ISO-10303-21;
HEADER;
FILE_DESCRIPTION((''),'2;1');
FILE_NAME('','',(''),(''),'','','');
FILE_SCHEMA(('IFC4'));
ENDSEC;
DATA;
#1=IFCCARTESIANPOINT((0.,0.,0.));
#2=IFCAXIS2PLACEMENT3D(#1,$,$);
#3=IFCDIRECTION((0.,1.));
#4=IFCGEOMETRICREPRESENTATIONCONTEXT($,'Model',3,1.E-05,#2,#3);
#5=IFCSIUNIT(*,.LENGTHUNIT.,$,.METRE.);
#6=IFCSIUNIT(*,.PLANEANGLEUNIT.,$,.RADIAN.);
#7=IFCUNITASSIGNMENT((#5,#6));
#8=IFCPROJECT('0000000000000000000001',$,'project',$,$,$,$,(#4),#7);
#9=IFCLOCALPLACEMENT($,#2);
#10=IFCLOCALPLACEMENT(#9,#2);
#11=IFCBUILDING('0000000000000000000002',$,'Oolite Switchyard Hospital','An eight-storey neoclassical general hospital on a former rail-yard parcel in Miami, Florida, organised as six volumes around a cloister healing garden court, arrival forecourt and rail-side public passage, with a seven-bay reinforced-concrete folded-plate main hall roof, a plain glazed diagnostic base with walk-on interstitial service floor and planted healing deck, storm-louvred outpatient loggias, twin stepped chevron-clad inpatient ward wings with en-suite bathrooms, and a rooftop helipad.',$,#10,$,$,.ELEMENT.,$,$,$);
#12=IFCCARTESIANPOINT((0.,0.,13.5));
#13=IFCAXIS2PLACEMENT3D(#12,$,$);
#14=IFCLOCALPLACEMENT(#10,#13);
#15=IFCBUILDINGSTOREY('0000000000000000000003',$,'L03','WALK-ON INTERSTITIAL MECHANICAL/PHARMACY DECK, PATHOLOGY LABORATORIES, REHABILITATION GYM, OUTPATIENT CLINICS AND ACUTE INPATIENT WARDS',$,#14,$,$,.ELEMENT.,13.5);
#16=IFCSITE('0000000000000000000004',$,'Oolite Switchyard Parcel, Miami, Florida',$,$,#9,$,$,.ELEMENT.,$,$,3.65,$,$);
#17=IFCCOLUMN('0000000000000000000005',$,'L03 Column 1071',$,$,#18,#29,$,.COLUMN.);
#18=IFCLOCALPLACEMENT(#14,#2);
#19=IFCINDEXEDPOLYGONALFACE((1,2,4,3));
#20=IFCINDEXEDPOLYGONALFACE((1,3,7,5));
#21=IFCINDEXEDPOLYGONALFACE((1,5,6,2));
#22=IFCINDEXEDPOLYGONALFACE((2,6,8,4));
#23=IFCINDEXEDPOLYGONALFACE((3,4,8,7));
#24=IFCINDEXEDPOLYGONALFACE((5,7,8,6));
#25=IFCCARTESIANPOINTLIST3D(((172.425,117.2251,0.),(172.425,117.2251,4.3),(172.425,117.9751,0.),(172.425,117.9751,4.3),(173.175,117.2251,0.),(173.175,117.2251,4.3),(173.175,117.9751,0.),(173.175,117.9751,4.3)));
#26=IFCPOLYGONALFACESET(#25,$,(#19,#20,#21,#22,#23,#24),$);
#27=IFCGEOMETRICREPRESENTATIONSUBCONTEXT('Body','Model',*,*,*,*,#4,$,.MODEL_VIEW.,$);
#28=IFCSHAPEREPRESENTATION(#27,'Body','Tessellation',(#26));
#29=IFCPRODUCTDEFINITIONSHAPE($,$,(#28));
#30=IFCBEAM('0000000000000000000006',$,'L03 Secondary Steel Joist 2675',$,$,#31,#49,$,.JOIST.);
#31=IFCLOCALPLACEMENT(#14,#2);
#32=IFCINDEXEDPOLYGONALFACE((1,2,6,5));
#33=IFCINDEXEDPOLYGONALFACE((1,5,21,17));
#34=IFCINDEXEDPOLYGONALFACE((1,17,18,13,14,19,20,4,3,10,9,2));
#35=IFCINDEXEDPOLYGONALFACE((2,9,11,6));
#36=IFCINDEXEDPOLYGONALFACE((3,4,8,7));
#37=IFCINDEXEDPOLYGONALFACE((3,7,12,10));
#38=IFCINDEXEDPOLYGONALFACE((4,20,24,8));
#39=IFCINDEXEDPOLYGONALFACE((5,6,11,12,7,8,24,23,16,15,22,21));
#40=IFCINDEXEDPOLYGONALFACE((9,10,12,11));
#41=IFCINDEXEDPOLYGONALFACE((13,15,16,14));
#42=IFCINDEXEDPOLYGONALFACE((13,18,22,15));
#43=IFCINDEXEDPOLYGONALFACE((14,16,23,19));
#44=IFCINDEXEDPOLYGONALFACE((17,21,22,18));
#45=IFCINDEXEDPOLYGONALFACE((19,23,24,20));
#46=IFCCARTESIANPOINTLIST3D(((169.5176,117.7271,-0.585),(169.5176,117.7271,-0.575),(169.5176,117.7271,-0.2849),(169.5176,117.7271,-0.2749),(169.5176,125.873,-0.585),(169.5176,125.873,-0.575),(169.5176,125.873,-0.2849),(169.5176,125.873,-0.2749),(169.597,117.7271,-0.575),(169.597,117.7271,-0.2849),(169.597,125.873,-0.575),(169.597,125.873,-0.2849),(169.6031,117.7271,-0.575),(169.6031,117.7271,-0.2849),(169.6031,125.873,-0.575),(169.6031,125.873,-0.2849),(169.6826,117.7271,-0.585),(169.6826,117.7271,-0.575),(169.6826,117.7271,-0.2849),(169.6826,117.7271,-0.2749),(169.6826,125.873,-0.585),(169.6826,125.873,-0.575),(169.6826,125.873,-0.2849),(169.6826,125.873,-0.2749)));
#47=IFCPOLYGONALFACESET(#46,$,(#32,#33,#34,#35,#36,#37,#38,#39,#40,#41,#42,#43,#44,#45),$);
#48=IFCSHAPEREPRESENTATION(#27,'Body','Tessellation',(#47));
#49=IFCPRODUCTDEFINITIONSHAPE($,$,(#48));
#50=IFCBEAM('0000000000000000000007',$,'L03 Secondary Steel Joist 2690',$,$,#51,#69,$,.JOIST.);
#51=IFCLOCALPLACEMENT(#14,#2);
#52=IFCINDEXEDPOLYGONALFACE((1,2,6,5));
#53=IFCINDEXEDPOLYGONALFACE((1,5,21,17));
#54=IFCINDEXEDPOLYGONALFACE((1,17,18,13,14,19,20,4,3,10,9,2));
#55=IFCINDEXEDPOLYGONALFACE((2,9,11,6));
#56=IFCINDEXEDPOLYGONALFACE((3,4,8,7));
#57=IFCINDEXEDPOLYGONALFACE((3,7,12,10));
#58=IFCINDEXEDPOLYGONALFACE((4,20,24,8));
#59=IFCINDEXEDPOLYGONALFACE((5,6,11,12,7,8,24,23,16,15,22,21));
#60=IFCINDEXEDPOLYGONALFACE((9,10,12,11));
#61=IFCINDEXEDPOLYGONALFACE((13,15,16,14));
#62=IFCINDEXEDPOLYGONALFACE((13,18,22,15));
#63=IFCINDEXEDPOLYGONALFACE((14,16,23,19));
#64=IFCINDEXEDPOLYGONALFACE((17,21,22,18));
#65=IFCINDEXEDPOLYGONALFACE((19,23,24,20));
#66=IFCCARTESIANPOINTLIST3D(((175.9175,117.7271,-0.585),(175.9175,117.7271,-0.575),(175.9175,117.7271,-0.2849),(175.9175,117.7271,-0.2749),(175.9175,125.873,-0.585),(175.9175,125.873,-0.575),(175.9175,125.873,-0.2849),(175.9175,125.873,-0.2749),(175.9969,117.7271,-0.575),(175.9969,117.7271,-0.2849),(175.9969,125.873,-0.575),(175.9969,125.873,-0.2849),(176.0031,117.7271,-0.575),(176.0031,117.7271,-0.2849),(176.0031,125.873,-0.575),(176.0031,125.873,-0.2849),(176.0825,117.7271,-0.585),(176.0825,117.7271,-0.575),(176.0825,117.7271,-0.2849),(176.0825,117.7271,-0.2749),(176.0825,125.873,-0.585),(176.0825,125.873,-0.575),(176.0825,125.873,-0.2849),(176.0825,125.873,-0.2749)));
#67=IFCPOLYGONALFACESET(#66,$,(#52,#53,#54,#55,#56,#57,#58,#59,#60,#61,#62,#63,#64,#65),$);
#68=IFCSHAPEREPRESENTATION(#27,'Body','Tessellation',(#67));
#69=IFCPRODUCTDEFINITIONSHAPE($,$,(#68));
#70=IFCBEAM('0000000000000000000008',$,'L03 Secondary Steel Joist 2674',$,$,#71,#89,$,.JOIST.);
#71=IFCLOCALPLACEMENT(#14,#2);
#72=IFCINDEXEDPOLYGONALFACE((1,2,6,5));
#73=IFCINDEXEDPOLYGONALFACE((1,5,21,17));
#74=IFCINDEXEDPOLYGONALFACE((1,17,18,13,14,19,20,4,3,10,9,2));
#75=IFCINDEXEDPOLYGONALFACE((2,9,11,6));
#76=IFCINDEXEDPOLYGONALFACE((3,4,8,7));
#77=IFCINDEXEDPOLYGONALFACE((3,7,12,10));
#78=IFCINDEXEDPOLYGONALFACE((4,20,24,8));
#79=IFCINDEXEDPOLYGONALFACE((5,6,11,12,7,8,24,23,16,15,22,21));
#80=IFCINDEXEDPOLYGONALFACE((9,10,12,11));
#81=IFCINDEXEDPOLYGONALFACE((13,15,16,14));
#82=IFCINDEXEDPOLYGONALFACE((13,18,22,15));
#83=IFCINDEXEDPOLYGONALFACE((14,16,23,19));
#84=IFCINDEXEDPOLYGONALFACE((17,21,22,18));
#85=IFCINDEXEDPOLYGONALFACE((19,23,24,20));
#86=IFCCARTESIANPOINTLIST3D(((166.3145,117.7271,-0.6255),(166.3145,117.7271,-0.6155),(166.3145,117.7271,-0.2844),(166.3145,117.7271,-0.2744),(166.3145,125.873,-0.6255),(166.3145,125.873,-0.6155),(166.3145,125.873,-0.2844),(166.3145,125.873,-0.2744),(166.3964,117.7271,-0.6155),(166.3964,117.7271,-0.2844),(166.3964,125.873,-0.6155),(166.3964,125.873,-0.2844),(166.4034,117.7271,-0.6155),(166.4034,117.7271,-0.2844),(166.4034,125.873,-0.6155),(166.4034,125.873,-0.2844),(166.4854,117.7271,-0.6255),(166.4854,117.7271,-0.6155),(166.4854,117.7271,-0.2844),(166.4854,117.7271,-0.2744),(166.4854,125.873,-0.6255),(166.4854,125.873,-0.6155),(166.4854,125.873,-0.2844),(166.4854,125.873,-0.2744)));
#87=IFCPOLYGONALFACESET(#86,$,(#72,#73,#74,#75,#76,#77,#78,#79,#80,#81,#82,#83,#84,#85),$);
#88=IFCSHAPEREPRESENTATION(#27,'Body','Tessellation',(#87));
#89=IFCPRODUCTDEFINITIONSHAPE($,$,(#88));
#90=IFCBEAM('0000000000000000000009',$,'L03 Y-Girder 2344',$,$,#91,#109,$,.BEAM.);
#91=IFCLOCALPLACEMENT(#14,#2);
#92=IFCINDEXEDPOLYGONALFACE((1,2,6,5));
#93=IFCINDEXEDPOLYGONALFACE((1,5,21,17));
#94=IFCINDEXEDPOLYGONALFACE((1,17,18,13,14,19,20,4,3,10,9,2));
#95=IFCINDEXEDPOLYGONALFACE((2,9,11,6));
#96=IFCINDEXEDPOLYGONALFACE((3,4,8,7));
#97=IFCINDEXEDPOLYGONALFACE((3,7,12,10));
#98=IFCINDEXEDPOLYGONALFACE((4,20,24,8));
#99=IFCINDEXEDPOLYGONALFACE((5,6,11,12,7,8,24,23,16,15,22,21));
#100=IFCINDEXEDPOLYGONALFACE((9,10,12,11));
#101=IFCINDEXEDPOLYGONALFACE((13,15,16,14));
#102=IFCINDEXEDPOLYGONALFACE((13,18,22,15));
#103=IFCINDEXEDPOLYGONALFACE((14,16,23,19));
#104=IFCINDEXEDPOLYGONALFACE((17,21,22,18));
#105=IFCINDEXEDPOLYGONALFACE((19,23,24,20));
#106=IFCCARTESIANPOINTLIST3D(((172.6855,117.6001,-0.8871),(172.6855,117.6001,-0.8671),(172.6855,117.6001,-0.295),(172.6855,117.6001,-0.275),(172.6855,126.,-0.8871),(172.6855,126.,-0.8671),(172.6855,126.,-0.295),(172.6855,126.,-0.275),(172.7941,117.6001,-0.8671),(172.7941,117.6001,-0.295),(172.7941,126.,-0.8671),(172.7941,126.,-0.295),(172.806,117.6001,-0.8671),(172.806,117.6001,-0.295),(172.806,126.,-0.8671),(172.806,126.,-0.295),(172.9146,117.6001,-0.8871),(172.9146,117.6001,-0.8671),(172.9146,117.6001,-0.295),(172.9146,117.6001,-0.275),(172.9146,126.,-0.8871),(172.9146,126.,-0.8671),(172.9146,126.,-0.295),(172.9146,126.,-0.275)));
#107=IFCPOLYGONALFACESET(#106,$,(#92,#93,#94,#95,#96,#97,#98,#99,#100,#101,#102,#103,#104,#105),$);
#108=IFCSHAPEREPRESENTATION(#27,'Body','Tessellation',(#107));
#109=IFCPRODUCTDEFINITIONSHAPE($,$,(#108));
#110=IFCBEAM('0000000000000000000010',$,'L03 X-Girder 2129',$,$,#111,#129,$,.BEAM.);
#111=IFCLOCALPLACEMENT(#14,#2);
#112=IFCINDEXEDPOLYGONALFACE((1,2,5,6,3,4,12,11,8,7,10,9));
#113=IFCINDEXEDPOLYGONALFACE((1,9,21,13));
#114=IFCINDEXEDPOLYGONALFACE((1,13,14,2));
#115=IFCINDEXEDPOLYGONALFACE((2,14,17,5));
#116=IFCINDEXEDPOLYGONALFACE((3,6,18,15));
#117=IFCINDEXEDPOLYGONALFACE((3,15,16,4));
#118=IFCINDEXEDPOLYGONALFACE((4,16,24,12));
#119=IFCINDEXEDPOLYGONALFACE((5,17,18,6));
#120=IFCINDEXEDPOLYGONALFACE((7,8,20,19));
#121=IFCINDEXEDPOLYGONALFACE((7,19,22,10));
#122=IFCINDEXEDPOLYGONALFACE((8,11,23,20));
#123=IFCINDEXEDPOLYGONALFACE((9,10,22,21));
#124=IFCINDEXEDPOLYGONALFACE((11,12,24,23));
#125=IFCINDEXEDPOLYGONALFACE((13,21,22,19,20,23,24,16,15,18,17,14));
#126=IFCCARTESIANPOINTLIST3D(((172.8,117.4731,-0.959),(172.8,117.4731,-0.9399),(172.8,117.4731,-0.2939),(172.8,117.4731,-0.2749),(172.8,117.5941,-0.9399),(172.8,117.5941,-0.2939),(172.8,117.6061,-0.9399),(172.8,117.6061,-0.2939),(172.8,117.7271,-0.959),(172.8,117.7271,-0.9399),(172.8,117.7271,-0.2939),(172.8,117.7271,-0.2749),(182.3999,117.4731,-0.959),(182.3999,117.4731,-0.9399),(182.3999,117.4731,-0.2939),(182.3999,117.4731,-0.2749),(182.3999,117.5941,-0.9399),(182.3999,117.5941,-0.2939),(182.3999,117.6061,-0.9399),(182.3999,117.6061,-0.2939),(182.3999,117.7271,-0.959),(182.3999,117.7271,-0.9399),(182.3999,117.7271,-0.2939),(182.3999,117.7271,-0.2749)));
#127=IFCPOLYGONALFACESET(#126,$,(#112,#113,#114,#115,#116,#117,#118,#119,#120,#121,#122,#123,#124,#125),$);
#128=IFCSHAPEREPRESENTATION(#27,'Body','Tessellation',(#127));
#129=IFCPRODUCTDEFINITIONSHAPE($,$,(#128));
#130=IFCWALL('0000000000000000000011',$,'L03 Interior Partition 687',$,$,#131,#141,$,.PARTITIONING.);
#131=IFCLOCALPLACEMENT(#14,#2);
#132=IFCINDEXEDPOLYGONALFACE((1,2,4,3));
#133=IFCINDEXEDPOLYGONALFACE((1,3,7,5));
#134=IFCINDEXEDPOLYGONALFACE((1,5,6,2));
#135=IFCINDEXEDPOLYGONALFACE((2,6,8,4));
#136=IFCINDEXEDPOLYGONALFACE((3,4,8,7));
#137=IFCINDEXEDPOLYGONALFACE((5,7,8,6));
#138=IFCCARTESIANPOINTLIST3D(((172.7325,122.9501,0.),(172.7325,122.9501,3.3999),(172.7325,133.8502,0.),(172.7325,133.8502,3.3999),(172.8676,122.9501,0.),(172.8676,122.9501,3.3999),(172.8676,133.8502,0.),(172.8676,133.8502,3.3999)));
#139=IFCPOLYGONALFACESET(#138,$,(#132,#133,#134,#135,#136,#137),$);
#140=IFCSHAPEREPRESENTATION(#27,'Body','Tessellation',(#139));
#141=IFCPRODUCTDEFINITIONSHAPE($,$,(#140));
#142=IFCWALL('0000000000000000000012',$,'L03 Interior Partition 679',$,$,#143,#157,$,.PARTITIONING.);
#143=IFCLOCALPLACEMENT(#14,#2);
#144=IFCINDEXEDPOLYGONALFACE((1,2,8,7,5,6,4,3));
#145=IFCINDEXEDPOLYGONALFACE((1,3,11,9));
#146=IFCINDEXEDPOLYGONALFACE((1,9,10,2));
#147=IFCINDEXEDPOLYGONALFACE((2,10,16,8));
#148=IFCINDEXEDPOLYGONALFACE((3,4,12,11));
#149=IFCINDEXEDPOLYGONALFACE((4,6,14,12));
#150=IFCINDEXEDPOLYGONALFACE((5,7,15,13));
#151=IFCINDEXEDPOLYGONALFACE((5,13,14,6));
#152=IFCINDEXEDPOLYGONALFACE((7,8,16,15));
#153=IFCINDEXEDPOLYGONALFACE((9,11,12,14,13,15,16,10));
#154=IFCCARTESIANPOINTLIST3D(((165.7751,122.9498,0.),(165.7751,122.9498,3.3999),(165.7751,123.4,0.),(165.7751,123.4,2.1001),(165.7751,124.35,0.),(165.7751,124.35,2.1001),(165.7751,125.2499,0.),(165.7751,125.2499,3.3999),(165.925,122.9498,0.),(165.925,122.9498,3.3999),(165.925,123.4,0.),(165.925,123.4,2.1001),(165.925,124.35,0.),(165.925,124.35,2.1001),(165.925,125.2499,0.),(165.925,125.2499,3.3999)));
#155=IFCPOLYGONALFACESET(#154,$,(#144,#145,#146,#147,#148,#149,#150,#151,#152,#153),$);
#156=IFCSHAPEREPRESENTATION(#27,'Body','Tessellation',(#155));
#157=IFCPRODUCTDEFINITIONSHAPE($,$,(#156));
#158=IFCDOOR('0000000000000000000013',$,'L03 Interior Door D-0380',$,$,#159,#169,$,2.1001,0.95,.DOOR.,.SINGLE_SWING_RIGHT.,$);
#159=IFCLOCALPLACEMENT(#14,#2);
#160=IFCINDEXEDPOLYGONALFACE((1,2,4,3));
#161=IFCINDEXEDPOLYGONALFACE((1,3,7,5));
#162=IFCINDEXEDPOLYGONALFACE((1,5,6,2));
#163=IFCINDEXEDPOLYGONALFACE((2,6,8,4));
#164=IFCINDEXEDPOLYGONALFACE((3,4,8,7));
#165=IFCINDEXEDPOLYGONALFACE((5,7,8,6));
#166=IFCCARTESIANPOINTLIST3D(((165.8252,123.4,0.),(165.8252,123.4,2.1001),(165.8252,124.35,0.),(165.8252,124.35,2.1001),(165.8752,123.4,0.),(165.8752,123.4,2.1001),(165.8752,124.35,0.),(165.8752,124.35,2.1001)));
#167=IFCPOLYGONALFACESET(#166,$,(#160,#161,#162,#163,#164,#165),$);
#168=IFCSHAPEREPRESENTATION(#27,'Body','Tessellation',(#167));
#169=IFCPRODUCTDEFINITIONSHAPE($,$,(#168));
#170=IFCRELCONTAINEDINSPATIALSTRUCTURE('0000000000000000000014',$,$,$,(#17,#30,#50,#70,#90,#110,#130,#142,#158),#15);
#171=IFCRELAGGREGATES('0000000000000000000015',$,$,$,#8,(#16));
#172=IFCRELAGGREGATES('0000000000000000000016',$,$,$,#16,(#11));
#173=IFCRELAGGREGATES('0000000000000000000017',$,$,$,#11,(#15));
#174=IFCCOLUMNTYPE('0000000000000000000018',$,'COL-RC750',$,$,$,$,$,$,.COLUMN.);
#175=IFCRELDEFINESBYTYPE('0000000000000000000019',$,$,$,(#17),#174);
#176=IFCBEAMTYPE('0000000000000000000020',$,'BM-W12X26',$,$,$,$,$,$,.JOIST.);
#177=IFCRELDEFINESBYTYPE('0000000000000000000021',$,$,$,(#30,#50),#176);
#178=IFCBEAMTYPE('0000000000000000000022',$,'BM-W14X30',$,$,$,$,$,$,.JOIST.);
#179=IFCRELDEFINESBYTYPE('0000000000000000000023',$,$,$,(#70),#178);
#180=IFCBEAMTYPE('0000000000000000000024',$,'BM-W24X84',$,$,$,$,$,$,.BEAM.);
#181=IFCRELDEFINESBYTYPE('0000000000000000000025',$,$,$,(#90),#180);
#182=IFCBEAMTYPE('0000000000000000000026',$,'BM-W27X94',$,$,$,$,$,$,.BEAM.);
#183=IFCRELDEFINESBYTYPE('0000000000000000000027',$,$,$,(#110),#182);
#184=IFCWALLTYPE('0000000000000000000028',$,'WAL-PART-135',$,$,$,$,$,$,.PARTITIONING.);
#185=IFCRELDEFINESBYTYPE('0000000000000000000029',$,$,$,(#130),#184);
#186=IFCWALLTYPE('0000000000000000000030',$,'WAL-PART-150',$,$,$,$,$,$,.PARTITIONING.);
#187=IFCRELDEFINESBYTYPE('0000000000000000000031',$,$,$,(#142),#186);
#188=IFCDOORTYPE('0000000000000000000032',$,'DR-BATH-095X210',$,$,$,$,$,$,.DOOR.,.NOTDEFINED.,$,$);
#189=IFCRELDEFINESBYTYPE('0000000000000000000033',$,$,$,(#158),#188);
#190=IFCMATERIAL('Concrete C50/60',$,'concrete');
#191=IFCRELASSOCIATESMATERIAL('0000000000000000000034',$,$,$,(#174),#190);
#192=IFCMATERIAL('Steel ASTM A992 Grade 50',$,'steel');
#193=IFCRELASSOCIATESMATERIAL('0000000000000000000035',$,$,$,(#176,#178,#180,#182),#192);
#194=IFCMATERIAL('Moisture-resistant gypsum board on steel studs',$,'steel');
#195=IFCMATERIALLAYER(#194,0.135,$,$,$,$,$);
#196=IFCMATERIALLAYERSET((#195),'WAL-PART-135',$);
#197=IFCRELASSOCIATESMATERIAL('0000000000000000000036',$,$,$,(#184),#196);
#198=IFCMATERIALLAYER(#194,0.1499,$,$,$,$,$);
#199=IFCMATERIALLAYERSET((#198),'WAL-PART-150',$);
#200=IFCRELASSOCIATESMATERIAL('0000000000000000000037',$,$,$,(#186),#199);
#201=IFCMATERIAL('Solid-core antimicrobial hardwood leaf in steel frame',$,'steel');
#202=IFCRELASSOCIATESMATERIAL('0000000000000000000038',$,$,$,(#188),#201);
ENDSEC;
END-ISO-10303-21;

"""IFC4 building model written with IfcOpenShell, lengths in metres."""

from ifc_helpers import new_model, si_unit, direction, frame, frame_2d, origin, origin_2d, place, context, subcontext, project, spatial, rectangle, i_section, extrude, material, layer, layer_set, material_profile, profile_set, type_object, element, fill, save


model = new_model("IFC4")

# Units and contexts
model_context = context("Model", 3, precision=1e-05, world=origin(), true_north=direction((0.0, 1.0)))
body_context = subcontext(model_context, "Body", "Model", "MODEL_VIEW")
ifc_project = project(units=[si_unit("LENGTHUNIT", "METRE"), si_unit("PLANEANGLEUNIT", "RADIAN")], contexts=[model_context])

# Site, building, storey
site_placement = place(None, origin())
site = spatial("IfcSite", under=ifc_project, at=site_placement, Name="Oolite Switchyard Parcel, Miami, Florida", CompositionType="ELEMENT", RefElevation=3.65)
building_placement = place(site_placement, origin())
building = spatial("IfcBuilding", under=site, at=building_placement, Name="Oolite Switchyard Hospital", Description="An eight-storey neoclassical general hospital on a former rail-yard parcel in Miami, Florida, organised as six volumes around a cloister healing garden court, arrival forecourt and rail-side public passage, with a seven-bay reinforced-concrete folded-plate main hall roof, a plain glazed diagnostic base with walk-on interstitial service floor and planted healing deck, storm-louvred outpatient loggias, twin stepped chevron-clad inpatient ward wings with en-suite bathrooms, and a rooftop helipad.", CompositionType="ELEMENT")
storey_placement = place(building_placement, frame((0.0, 0.0, 13.5)))
storey = spatial("IfcBuildingStorey", under=building, at=storey_placement, Name="L03", Description="WALK-ON INTERSTITIAL MECHANICAL/PHARMACY DECK, PATHOLOGY LABORATORIES, REHABILITATION GYM, OUTPATIENT CLINICS AND ACUTE INPATIENT WARDS", CompositionType="ELEMENT", Elevation=13.5)

# Column
ifc_material_1 = material(Name="Concrete C50/60", Category="concrete")
ifc_material_profile_1 = material_profile(ifc_material_1, rectangle(XDim=0.75, YDim=0.75, at=origin_2d()), Name="RC750X750")
ifc_profile_set_1 = profile_set([ifc_material_profile_1], Name="Concrete C50/60")
column_type = type_object("IfcColumnType", Name="COL-RC750", PredefinedType="COLUMN", material=ifc_profile_set_1)
column_placement = place(storey_placement, frame((172.8, 117.6001, 0.0), z_axis=(0.0, 0.0, 1.0), x_axis=(1.0, 0.0, 0.0)))
element("IfcColumn", 1, at=column_placement, inside=storey, type_object=column_type, Name="L03 Column 1071", PredefinedType="COLUMN", context=body_context, shape_type="SweptSolid", body=[
    extrude(rectangle(XDim=0.75, YDim=0.75, at=origin_2d()), origin(), (0.0, 0.0, 1.0), 4.3),
])

# Beams
ifc_material_2 = material(Name="Steel ASTM A992 Grade 50", Category="steel")
ifc_material_profile_2 = material_profile(ifc_material_2, i_section(OverallWidth=0.165, OverallDepth=0.3101, WebThickness=0.0061, FlangeThickness=0.01, at=origin_2d()), Name="W12X26")
ifc_profile_set_2 = profile_set([ifc_material_profile_2], Name="Steel ASTM A992 Grade 50")
beam_type_1 = type_object("IfcBeamType", Name="BM-W12X26", PredefinedType="JOIST", material=ifc_profile_set_2)
for number, where, z_axis, x_axis, name in (
    (2, (169.6001, 117.7271, -0.4299), (0.0, 1.0, 0.0), (-1.0, 0.0, 0.0), "L03 Secondary Steel Joist 2675"),
    (3, (176.0, 117.7271, -0.4299), (0.0, 1.0, 0.0), (-1.0, 0.0, 0.0), "L03 Secondary Steel Joist 2690"),
):
    element("IfcBeam", number, at=place(storey_placement, frame(where, z_axis=z_axis, x_axis=x_axis)), inside=storey, type_object=beam_type_1, Name=name, PredefinedType="JOIST", context=body_context, shape_type="SweptSolid", body=[
        extrude(i_section(OverallWidth=0.165, OverallDepth=0.3101, WebThickness=0.0061, FlangeThickness=0.01, at=origin_2d()), origin(), (0.0, 0.0, 1.0), 8.146),
    ])
ifc_material_profile_3 = material_profile(ifc_material_2, i_section(OverallWidth=0.1709, OverallDepth=0.3511, WebThickness=0.0071, FlangeThickness=0.01, at=origin_2d()), Name="W14X30")
ifc_profile_set_3 = profile_set([ifc_material_profile_3], Name="Steel ASTM A992 Grade 50")
beam_type_2 = type_object("IfcBeamType", Name="BM-W14X30", PredefinedType="JOIST", material=ifc_profile_set_3)
beam_1_placement = place(storey_placement, frame((166.3999, 117.7271, -0.45), z_axis=(0.0, 1.0, 0.0), x_axis=(-1.0, 0.0, 0.0)))
element("IfcBeam", 4, at=beam_1_placement, inside=storey, type_object=beam_type_2, Name="L03 Secondary Steel Joist 2674", PredefinedType="JOIST", context=body_context, shape_type="SweptSolid", body=[
    extrude(i_section(OverallWidth=0.1709, OverallDepth=0.3511, WebThickness=0.0071, FlangeThickness=0.01, at=origin_2d()), origin(), (0.0, 0.0, 1.0), 8.146),
])
ifc_material_profile_4 = material_profile(ifc_material_2, i_section(OverallWidth=0.229, OverallDepth=0.6121, WebThickness=0.012, FlangeThickness=0.02, at=origin_2d()), Name="W24X84")
ifc_profile_set_4 = profile_set([ifc_material_profile_4], Name="Steel ASTM A992 Grade 50")
beam_type_3 = type_object("IfcBeamType", Name="BM-W24X84", PredefinedType="BEAM", material=ifc_profile_set_4)
beam_2_placement = place(storey_placement, frame((172.8, 117.6001, -0.5811), z_axis=(0.0, 1.0, 0.0), x_axis=(-1.0, 0.0, 0.0)))
element("IfcBeam", 5, at=beam_2_placement, inside=storey, type_object=beam_type_3, Name="L03 Y-Girder 2344", PredefinedType="BEAM", context=body_context, shape_type="SweptSolid", body=[
    extrude(i_section(OverallWidth=0.229, OverallDepth=0.6121, WebThickness=0.012, FlangeThickness=0.02, at=origin_2d()), origin(), (0.0, 0.0, 1.0), 8.3999),
])
ifc_material_profile_5 = material_profile(ifc_material_2, i_section(OverallWidth=0.2539, OverallDepth=0.6841, WebThickness=0.012, FlangeThickness=0.019, at=origin_2d()), Name="W27X94")
ifc_profile_set_5 = profile_set([ifc_material_profile_5], Name="Steel ASTM A992 Grade 50")
beam_type_4 = type_object("IfcBeamType", Name="BM-W27X94", PredefinedType="BEAM", material=ifc_profile_set_5)
beam_3_placement = place(storey_placement, frame((172.8, 117.6001, -0.6169), z_axis=(1.0, 0.0, 0.0), x_axis=(0.0, 1.0, 0.0)))
element("IfcBeam", 6, at=beam_3_placement, inside=storey, type_object=beam_type_4, Name="L03 X-Girder 2129", PredefinedType="BEAM", context=body_context, shape_type="SweptSolid", body=[
    extrude(i_section(OverallWidth=0.2539, OverallDepth=0.6841, WebThickness=0.012, FlangeThickness=0.019, at=origin_2d()), origin(), (0.0, 0.0, 1.0), 9.5999),
])

# Wall
ifc_material_3 = material(Name="Moisture-resistant gypsum board on steel studs", Category="steel")
ifc_layer_1 = layer(ifc_material_3, 0.135)
ifc_layer_set_1 = layer_set([ifc_layer_1], Name="WAL-PART-135")
wall_type_1 = type_object("IfcWallType", Name="WAL-PART-135", PredefinedType="PARTITIONING", material=ifc_layer_set_1)
wall_1_placement = place(storey_placement, frame((172.8, 122.95, 0.0), z_axis=(0.0, 0.0, 1.0), x_axis=(0.0, 1.0, 0.0)))
element("IfcWall", 7, at=wall_1_placement, inside=storey, type_object=wall_type_1, Name="L03 Interior Partition 687", PredefinedType="PARTITIONING", context=body_context, shape_type="SweptSolid", body=[
    extrude(rectangle(XDim=10.9001, YDim=0.135, at=frame_2d((5.4502, 0.0))), origin(), (0.0, 0.0, 1.0), 3.3999),
])

# Wall, opening, door
ifc_layer_2 = layer(ifc_material_3, 0.1499)
ifc_layer_set_2 = layer_set([ifc_layer_2], Name="WAL-PART-150")
wall_type_2 = type_object("IfcWallType", Name="WAL-PART-150", PredefinedType="PARTITIONING", material=ifc_layer_set_2)
wall_2_placement = place(storey_placement, frame((165.8501, 122.95, 0.0), z_axis=(0.0, 0.0, 1.0), x_axis=(0.0, 1.0, 0.0)))
wall_2 = element("IfcWall", 8, at=wall_2_placement, inside=storey, type_object=wall_type_2, Name="L03 Interior Partition 679", PredefinedType="PARTITIONING", context=body_context, shape_type="SweptSolid", body=[
    extrude(rectangle(XDim=2.3, YDim=0.1499, at=frame_2d((1.1499, 0.0))), origin(), (0.0, 0.0, 1.0), 3.3999),
])
opening_1_placement = place(wall_2_placement, frame((0.45, 0.0, 0.0)))
opening_1 = element("IfcOpeningElement", 9, at=opening_1_placement, cuts=wall_2, PredefinedType="OPENING", context=body_context, shape_type="SweptSolid", body=[
    extrude(rectangle(XDim=0.95, YDim=2.1001, at=frame_2d((0.4751, 1.05))), frame((0.0, 0.085, 0.0), z_axis=(0.0, -1.0, 0.0), x_axis=(1.0, 0.0, 0.0)), (0.0, 0.0, 1.0), 0.1699),
])
ifc_material_4 = material(Name="Solid-core antimicrobial hardwood leaf in steel frame", Category="steel")
door_type_1 = type_object("IfcDoorType", Name="DR-BATH-095X210", OperationType="NOTDEFINED", PredefinedType="DOOR", material=ifc_material_4)
door_1_placement = place(opening_1_placement, origin())
door_1 = element("IfcDoor", 10, at=door_1_placement, inside=storey, type_object=door_type_1, Name="L03 Interior Door D-0380", OperationType="SINGLE_SWING_RIGHT", OverallHeight=2.1001, OverallWidth=0.95, PredefinedType="DOOR", context=body_context, shape_type="SweptSolid", body=[
    extrude(rectangle(XDim=0.95, YDim=2.1001, at=frame_2d((0.4751, 1.05))), frame((0.0, 0.0249, 0.0), z_axis=(0.0, -1.0, 0.0), x_axis=(1.0, 0.0, 0.0)), (0.0, 0.0, 1.0), 0.05),
])
fill(opening_1, door_1)

save(model, "model.ifc")
